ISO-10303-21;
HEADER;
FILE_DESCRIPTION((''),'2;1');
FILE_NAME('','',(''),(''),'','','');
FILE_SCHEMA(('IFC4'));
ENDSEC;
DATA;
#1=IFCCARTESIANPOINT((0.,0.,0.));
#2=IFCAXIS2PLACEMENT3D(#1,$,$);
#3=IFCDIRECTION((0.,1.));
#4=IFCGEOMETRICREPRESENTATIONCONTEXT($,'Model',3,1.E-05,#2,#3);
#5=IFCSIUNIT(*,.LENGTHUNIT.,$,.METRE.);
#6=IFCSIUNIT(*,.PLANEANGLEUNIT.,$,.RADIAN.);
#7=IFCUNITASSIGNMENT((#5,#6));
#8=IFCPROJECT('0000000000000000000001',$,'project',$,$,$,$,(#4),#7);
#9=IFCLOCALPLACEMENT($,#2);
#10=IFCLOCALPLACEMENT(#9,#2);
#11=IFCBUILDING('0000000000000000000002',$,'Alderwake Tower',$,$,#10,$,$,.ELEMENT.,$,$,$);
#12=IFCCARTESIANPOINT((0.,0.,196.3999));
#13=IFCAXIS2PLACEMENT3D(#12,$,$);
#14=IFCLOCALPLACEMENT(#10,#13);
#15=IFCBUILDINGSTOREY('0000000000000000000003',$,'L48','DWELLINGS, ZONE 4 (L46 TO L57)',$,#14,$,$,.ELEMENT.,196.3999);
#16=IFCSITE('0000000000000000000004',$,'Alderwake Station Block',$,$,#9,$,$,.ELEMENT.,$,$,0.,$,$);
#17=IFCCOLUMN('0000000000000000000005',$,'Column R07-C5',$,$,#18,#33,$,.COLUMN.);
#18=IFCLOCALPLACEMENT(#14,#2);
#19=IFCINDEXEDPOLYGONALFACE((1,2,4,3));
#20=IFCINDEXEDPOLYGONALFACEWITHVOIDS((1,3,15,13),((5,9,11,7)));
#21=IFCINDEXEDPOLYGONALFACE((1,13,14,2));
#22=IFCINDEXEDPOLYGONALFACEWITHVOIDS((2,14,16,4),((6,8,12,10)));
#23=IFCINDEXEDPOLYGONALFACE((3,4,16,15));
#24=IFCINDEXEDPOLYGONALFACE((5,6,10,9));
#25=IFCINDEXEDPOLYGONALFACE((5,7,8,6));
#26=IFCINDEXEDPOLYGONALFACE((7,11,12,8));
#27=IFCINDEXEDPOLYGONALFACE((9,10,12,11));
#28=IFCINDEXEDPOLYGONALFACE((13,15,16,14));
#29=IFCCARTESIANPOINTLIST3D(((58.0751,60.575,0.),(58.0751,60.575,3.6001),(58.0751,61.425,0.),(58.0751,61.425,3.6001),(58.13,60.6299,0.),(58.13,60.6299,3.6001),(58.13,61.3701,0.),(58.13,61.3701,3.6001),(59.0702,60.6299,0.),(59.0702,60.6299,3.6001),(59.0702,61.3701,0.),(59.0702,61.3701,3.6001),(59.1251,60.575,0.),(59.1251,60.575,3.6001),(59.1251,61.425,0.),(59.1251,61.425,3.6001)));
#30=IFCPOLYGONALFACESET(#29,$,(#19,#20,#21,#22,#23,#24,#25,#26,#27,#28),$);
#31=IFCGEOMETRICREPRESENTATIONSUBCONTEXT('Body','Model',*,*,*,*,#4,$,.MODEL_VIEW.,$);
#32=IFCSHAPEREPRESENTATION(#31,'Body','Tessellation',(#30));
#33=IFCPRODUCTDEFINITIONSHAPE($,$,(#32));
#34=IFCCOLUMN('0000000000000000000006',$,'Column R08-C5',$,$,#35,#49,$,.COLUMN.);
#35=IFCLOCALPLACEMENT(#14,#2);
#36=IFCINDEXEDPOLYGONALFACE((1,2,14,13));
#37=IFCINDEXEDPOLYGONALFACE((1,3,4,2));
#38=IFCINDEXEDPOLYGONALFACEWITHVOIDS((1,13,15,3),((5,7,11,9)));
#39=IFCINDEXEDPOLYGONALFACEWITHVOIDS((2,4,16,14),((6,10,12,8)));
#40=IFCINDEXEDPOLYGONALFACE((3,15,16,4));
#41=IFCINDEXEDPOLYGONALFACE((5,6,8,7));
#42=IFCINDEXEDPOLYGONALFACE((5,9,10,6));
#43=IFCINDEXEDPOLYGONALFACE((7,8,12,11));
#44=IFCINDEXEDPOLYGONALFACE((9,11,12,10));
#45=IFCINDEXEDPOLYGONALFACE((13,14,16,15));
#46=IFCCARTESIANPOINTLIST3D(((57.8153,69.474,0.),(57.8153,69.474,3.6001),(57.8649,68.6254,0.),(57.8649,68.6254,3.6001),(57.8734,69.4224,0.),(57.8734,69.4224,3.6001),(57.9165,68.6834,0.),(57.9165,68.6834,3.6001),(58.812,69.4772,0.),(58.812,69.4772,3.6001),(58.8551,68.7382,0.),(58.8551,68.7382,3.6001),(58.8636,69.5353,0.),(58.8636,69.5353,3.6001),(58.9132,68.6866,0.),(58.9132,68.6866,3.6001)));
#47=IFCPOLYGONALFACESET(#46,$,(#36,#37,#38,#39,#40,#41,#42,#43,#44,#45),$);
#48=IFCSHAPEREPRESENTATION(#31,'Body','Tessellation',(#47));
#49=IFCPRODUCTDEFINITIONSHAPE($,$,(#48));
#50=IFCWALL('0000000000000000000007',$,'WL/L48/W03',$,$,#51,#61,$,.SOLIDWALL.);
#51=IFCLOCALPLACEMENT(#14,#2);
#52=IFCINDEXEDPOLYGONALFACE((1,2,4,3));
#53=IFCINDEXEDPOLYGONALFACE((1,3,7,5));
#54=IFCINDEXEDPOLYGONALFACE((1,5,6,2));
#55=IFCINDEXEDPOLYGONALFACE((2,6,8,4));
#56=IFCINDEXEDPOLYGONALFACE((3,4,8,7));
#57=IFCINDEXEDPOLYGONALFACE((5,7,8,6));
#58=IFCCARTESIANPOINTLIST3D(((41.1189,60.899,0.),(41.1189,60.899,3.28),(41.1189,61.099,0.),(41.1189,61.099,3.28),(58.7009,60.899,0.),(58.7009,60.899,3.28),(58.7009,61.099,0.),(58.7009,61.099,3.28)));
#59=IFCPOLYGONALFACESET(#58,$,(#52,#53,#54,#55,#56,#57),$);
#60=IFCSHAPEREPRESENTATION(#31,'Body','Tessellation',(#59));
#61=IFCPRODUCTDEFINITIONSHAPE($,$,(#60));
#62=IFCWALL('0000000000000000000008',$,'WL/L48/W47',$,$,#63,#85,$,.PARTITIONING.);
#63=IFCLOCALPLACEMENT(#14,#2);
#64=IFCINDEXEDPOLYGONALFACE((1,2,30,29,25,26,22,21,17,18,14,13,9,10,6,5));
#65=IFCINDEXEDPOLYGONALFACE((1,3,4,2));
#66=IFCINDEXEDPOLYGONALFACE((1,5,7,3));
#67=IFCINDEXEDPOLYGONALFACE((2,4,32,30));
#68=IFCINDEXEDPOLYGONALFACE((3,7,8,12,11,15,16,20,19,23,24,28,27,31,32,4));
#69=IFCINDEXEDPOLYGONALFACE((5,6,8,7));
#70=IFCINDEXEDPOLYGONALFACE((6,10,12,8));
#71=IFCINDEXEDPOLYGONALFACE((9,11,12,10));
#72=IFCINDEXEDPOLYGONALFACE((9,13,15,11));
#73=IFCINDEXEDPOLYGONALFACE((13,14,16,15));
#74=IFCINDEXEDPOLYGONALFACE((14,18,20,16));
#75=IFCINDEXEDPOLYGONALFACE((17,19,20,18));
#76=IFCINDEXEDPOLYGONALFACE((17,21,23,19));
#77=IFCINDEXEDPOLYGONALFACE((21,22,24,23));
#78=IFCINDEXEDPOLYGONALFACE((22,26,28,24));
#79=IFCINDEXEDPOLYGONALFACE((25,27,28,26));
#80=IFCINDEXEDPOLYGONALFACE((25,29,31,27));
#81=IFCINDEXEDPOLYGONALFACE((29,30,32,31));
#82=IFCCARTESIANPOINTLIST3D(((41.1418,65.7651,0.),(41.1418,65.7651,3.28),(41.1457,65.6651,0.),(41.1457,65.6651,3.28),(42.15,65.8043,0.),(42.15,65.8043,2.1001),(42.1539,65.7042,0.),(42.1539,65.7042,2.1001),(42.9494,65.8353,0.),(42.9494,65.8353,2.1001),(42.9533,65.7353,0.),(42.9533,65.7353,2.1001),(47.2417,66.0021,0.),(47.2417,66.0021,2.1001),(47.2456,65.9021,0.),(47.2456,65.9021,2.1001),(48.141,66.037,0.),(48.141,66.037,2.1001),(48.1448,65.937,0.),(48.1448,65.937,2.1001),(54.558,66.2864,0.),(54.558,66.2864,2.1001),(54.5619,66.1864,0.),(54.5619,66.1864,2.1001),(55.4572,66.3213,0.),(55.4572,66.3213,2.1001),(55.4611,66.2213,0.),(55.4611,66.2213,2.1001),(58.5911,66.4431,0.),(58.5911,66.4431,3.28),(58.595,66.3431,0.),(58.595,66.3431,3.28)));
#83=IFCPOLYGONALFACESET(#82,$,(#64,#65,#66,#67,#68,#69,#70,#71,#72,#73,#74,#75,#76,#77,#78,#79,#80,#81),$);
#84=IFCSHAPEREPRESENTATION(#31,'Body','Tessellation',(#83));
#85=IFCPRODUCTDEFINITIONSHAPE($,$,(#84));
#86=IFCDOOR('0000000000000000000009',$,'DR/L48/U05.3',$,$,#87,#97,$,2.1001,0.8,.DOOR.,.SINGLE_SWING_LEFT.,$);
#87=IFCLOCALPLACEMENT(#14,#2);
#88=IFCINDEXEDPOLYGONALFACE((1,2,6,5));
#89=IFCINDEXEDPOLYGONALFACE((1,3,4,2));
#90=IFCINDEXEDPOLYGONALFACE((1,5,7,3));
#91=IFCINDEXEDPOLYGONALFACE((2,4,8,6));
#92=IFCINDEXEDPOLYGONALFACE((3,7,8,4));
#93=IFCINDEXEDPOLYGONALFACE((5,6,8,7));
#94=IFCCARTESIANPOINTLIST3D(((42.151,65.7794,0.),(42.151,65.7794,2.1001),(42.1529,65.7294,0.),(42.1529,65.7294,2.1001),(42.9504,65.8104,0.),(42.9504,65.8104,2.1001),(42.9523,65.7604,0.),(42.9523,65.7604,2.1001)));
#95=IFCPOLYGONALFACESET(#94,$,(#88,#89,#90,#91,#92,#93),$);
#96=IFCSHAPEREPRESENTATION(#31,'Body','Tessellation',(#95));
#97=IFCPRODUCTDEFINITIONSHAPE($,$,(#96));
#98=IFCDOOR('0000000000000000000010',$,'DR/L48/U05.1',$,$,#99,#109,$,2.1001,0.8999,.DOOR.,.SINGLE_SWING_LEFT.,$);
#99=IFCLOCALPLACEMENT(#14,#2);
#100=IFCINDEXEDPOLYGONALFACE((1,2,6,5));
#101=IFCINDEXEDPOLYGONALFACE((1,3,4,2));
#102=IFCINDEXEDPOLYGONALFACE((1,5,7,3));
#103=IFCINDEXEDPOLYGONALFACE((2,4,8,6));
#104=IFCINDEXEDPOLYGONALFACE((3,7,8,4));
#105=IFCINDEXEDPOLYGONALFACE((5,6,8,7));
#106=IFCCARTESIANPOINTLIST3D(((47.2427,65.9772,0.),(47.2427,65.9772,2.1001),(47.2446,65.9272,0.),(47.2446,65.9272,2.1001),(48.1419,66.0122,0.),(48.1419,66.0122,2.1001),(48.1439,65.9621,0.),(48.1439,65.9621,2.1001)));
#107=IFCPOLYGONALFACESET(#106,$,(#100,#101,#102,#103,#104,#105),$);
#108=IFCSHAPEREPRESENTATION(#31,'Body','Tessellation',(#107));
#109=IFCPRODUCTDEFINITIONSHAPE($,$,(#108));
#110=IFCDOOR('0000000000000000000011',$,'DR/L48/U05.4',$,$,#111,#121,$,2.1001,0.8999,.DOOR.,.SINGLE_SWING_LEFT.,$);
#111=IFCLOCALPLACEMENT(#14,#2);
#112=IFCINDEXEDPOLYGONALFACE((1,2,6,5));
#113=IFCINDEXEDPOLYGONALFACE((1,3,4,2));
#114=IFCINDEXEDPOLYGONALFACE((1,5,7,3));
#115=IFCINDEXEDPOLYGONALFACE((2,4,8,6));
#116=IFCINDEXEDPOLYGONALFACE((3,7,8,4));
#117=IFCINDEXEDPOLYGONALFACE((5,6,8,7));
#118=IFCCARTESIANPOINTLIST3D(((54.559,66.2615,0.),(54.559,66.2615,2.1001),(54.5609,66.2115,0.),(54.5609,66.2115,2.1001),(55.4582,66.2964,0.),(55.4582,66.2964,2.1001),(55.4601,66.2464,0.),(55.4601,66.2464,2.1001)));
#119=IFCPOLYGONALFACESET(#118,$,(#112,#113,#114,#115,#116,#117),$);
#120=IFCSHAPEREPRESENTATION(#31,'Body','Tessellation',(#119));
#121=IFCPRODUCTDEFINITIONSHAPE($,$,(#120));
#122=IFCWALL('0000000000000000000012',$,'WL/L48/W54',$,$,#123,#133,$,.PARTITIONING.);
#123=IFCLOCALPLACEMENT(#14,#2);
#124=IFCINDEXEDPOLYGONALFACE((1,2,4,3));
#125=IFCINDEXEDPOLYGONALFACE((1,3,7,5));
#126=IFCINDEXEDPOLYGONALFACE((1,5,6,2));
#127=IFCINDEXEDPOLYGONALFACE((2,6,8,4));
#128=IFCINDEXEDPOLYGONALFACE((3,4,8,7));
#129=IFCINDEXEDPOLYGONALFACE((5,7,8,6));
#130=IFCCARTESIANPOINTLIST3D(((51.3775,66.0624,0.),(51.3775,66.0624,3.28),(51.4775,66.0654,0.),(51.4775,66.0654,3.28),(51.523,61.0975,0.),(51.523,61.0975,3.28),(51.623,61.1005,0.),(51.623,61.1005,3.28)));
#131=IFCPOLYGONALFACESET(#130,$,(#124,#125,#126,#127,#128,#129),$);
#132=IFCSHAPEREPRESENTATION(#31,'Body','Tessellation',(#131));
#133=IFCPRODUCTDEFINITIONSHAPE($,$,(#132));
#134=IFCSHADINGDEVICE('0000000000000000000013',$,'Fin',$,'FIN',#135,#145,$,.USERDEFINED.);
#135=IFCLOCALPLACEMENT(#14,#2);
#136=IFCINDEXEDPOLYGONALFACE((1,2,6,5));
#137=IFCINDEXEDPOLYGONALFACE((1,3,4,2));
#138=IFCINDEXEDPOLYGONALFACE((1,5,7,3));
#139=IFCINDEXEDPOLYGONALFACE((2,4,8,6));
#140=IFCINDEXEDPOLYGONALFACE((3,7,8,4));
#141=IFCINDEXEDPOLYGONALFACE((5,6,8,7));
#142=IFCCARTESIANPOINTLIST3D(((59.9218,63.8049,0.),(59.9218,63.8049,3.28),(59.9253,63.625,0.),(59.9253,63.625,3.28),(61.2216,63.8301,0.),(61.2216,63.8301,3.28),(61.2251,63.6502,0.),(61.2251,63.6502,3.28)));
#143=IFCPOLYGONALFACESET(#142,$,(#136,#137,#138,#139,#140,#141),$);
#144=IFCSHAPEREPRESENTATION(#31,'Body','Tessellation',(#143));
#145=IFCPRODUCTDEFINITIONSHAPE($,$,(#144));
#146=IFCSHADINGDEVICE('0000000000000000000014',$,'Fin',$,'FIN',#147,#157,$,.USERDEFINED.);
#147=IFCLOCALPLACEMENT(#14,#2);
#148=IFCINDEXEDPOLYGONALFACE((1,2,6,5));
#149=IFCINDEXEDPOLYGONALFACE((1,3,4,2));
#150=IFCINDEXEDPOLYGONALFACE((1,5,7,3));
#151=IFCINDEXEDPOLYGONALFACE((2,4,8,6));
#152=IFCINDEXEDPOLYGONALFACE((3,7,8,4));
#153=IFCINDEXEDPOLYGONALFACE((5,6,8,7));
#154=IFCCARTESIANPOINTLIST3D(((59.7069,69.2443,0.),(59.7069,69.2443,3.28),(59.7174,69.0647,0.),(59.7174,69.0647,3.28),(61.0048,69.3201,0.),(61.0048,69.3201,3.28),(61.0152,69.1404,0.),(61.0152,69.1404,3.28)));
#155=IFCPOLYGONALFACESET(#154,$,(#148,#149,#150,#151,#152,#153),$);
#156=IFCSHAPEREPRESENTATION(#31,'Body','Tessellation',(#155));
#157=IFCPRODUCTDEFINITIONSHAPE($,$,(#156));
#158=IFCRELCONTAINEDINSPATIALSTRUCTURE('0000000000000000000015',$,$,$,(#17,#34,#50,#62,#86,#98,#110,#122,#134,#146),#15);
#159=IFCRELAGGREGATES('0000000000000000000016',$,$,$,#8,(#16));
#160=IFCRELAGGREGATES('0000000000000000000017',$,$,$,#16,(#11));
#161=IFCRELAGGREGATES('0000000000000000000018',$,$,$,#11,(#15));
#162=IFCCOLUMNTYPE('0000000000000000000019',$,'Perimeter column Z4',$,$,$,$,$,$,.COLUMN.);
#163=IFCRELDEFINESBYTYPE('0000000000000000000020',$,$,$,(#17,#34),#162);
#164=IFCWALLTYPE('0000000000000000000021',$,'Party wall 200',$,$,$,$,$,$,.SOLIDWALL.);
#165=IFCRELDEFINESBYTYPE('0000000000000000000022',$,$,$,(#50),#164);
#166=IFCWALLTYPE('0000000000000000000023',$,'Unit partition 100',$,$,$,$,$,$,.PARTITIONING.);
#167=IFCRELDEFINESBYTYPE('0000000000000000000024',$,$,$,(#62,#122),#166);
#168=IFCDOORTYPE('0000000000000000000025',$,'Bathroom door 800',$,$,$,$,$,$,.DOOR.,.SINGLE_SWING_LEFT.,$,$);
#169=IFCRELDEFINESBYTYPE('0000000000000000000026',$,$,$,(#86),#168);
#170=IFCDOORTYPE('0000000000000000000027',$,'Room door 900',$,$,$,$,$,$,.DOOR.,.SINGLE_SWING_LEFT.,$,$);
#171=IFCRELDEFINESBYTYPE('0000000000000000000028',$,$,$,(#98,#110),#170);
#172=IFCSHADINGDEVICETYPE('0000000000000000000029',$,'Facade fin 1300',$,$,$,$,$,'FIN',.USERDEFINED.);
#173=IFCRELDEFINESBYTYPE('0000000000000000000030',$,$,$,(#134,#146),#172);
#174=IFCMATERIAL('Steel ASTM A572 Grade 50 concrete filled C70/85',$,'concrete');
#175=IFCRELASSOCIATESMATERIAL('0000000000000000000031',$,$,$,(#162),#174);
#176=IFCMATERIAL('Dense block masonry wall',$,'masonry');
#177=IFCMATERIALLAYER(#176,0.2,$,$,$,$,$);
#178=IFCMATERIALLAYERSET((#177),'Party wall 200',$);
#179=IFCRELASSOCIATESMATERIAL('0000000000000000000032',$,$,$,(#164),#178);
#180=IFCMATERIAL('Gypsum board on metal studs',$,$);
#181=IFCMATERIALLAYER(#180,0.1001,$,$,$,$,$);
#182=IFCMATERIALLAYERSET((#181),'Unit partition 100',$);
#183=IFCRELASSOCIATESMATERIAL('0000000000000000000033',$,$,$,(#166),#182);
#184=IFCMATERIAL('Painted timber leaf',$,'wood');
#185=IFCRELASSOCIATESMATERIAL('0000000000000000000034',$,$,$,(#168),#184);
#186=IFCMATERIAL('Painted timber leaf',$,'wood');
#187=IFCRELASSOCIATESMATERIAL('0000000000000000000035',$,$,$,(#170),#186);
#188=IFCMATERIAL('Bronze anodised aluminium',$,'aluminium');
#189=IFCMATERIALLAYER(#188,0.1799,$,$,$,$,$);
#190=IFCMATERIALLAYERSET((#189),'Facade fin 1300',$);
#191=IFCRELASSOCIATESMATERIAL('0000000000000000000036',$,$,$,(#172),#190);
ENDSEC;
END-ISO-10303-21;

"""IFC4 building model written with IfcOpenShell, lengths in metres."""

from ifc_helpers import new_model, si_unit, direction, frame, frame_2d, origin, origin_2d, place, context, subcontext, project, spatial, rectangle, hollow_rectangle, extrude, material, layer, layer_set, material_profile, profile_set, type_object, element, fill, save


model = new_model("IFC4")

# Units and contexts
model_context = context("Model", 3, precision=1e-05, world=origin(), true_north=direction((0.0, 1.0)))
body_context = subcontext(model_context, "Body", "Model", "MODEL_VIEW")
ifc_project = project(units=[si_unit("LENGTHUNIT", "METRE"), si_unit("PLANEANGLEUNIT", "RADIAN")], contexts=[model_context])

# Site, building, storey
site_placement = place(None, origin())
site = spatial("IfcSite", under=ifc_project, at=site_placement, Name="Alderwake Station Block", CompositionType="ELEMENT", RefElevation=0.0)
building_placement = place(site_placement, origin())
building = spatial("IfcBuilding", under=site, at=building_placement, Name="Alderwake Tower", CompositionType="ELEMENT")
storey_placement = place(building_placement, frame((0.0, 0.0, 196.3999)))
storey = spatial("IfcBuildingStorey", under=building, at=storey_placement, Name="L48", Description="DWELLINGS, ZONE 4 (L46 TO L57)", CompositionType="ELEMENT", Elevation=196.3999)

# Columns
ifc_material_1 = material(Name="Steel ASTM A572 Grade 50 concrete filled C70/85", Category="concrete")
ifc_material_profile = material_profile(ifc_material_1, hollow_rectangle(XDim=0.8501, YDim=1.05, WallThickness=0.0549, at=origin_2d()), Name="BOX 1050X850X55")
ifc_profile_set = profile_set([ifc_material_profile], Name="Steel ASTM A572 Grade 50 concrete filled C70/85")
column_type = type_object("IfcColumnType", Name="Perimeter column Z4", PredefinedType="COLUMN", material=ifc_profile_set)
for number, where, z_axis, x_axis, name in (
    (1, (58.6001, 61.0, 0.0), (0.0, 0.0, 1.0), (0.0, 1.0, 0.0), "Column R07-C5"),
    (2, (58.3643, 69.0803, 0.0), (0.0, 0.0, 1.0), (-0.058299, 0.998299, 0.0), "Column R08-C5"),
):
    element("IfcColumn", number, at=place(storey_placement, frame(where, z_axis=z_axis, x_axis=x_axis)), inside=storey, type_object=column_type, Name=name, PredefinedType="COLUMN", context=body_context, shape_type="SweptSolid", body=[
        extrude(hollow_rectangle(XDim=0.8501, YDim=1.05, WallThickness=0.0549, at=origin_2d()), origin(), (0.0, 0.0, 1.0), 3.6001),
    ])

# Wall
ifc_material_2 = material(Name="Dense block masonry wall", Category="masonry")
ifc_layer_1 = layer(ifc_material_2, 0.2)
ifc_layer_set_1 = layer_set([ifc_layer_1], Name="Party wall 200")
wall_type_1 = type_object("IfcWallType", Name="Party wall 200", PredefinedType="SOLIDWALL", material=ifc_layer_set_1)
wall_1_placement = place(storey_placement, frame((58.7009, 60.999, 0.0), z_axis=(0.0, 0.0, 1.0), x_axis=(-1.0, 0.0, 0.0)))
element("IfcWall", 3, at=wall_1_placement, inside=storey, type_object=wall_type_1, Name="WL/L48/W03", PredefinedType="SOLIDWALL", context=body_context, shape_type="SweptSolid", body=[
    extrude(rectangle(XDim=17.582, YDim=0.2, at=frame_2d((8.791, 0.0))), origin(), (0.0, 0.0, 1.0), 3.28),
])

# Wall, openings, doors
ifc_material_3 = material(Name="Gypsum board on metal studs")
ifc_layer_2 = layer(ifc_material_3, 0.1001)
ifc_layer_set_2 = layer_set([ifc_layer_2], Name="Unit partition 100")
wall_type_2 = type_object("IfcWallType", Name="Unit partition 100", PredefinedType="PARTITIONING", material=ifc_layer_set_2)
wall_2_placement = place(storey_placement, frame((58.593, 66.3931, 0.0), z_axis=(0.0, 0.0, 1.0), x_axis=(-0.999246, -0.038825, 0.0)))
wall_2 = element("IfcWall", 4, at=wall_2_placement, inside=storey, type_object=wall_type_2, Name="WL/L48/W47", PredefinedType="PARTITIONING", context=body_context, shape_type="SweptSolid", body=[
    extrude(rectangle(XDim=17.4624, YDim=0.1001, at=frame_2d((8.7312, 0.0))), origin(), (0.0, 0.0, 1.0), 3.28),
])
opening_1_placement = place(wall_2_placement, frame((10.458, 0.0, 0.0)))
opening_1 = element("IfcOpeningElement", 5, at=opening_1_placement, cuts=wall_2, PredefinedType="OPENING", context=body_context, shape_type="SweptSolid", body=[
    extrude(rectangle(XDim=0.8999, YDim=2.1001, at=frame_2d((0.45, 1.05))), frame((0.0, 0.0601, 0.0), z_axis=(0.0, -1.0, 0.0), x_axis=(1.0, 0.0, 0.0)), (0.0, 0.0, 1.0), 0.1201),
])
opening_2_placement = place(wall_2_placement, frame((15.6536, 0.0, 0.0)))
opening_2 = element("IfcOpeningElement", 6, at=opening_2_placement, cuts=wall_2, PredefinedType="OPENING", context=body_context, shape_type="SweptSolid", body=[
    extrude(rectangle(XDim=0.8, YDim=2.1001, at=frame_2d((0.3999, 1.05))), frame((0.0, 0.0601, 0.0), z_axis=(0.0, -1.0, 0.0), x_axis=(1.0, 0.0, 0.0)), (0.0, 0.0, 1.0), 0.1201),
])
opening_3_placement = place(wall_2_placement, frame((3.1362, 0.0, 0.0)))
opening_3 = element("IfcOpeningElement", 7, at=opening_3_placement, cuts=wall_2, PredefinedType="OPENING", context=body_context, shape_type="SweptSolid", body=[
    extrude(rectangle(XDim=0.8999, YDim=2.1001, at=frame_2d((0.45, 1.05))), frame((0.0, 0.0601, 0.0), z_axis=(0.0, -1.0, 0.0), x_axis=(1.0, 0.0, 0.0)), (0.0, 0.0, 1.0), 0.1201),
])
ifc_material_4 = material(Name="Painted timber leaf", Category="wood")
door_type_1 = type_object("IfcDoorType", Name="Bathroom door 800", OperationType="SINGLE_SWING_LEFT", PredefinedType="DOOR", material=ifc_material_4)
door_1_placement = place(opening_2_placement, origin())
door_1 = element("IfcDoor", 8, at=door_1_placement, inside=storey, type_object=door_type_1, Name="DR/L48/U05.3", OperationType="SINGLE_SWING_LEFT", OverallHeight=2.1001, OverallWidth=0.8, PredefinedType="DOOR", context=body_context, shape_type="SweptSolid", body=[
    extrude(rectangle(XDim=0.8, YDim=2.1001, at=frame_2d((0.3999, 1.05))), frame((0.0, 0.0249, 0.0), z_axis=(0.0, -1.0, 0.0), x_axis=(1.0, 0.0, 0.0)), (0.0, 0.0, 1.0), 0.05),
])
fill(opening_2, door_1)
ifc_material_5 = material(Name="Painted timber leaf", Category="wood")
door_type_2 = type_object("IfcDoorType", Name="Room door 900", OperationType="SINGLE_SWING_LEFT", PredefinedType="DOOR", material=ifc_material_5)
door_2_placement = place(opening_1_placement, origin())
door_2 = element("IfcDoor", 9, at=door_2_placement, inside=storey, type_object=door_type_2, Name="DR/L48/U05.1", OperationType="SINGLE_SWING_LEFT", OverallHeight=2.1001, OverallWidth=0.8999, PredefinedType="DOOR", context=body_context, shape_type="SweptSolid", body=[
    extrude(rectangle(XDim=0.8999, YDim=2.1001, at=frame_2d((0.45, 1.05))), frame((0.0, 0.0249, 0.0), z_axis=(0.0, -1.0, 0.0), x_axis=(1.0, 0.0, 0.0)), (0.0, 0.0, 1.0), 0.05),
])
fill(opening_1, door_2)
door_3_placement = place(opening_3_placement, origin())
door_3 = element("IfcDoor", 10, at=door_3_placement, inside=storey, type_object=door_type_2, Name="DR/L48/U05.4", OperationType="SINGLE_SWING_LEFT", OverallHeight=2.1001, OverallWidth=0.8999, PredefinedType="DOOR", context=body_context, shape_type="SweptSolid", body=[
    extrude(rectangle(XDim=0.8999, YDim=2.1001, at=frame_2d((0.45, 1.05))), frame((0.0, 0.0249, 0.0), z_axis=(0.0, -1.0, 0.0), x_axis=(1.0, 0.0, 0.0)), (0.0, 0.0, 1.0), 0.05),
])
fill(opening_3, door_3)

# Wall
wall_3_placement = place(storey_placement, frame((51.573, 61.0991, 0.0), z_axis=(0.0, 0.0, 1.0), x_axis=(-0.029295, 0.999571, 0.0)))
element("IfcWall", 11, at=wall_3_placement, inside=storey, type_object=wall_type_2, Name="WL/L48/W54", PredefinedType="PARTITIONING", context=body_context, shape_type="SweptSolid", body=[
    extrude(rectangle(XDim=4.967, YDim=0.1001, at=frame_2d((2.4834, 0.0))), origin(), (0.0, 0.0, 1.0), 3.28),
])

# Shading devices
ifc_material_6 = material(Name="Bronze anodised aluminium", Category="aluminium")
ifc_layer_3 = layer(ifc_material_6, 0.1799)
ifc_layer_set_3 = layer_set([ifc_layer_3], Name="Facade fin 1300")
shading_device_type = type_object("IfcShadingDeviceType", Name="Facade fin 1300", ElementType="FIN", PredefinedType="USERDEFINED", material=ifc_layer_set_3)
for number, where, z_axis, x_axis, name in (
    (12, (60.5735, 63.7275, 0.0), (0.0, 0.0, 1.0), (0.999812, 0.019398, 0.0), "Fin"),
    (13, (60.3611, 69.1924, 0.0), (0.0, 0.0, 1.0), (0.998301, 0.058266, 0.0), "Fin"),
):
    element("IfcShadingDevice", number, at=place(storey_placement, frame(where, z_axis=z_axis, x_axis=x_axis)), inside=storey, type_object=shading_device_type, Name=name, ObjectType="FIN", PredefinedType="USERDEFINED", context=body_context, shape_type="SweptSolid", body=[
        extrude(rectangle(XDim=1.3, YDim=0.1799, at=origin_2d()), origin(), (0.0, 0.0, 1.0), 3.28),
    ])

save(model, "model.ifc")
